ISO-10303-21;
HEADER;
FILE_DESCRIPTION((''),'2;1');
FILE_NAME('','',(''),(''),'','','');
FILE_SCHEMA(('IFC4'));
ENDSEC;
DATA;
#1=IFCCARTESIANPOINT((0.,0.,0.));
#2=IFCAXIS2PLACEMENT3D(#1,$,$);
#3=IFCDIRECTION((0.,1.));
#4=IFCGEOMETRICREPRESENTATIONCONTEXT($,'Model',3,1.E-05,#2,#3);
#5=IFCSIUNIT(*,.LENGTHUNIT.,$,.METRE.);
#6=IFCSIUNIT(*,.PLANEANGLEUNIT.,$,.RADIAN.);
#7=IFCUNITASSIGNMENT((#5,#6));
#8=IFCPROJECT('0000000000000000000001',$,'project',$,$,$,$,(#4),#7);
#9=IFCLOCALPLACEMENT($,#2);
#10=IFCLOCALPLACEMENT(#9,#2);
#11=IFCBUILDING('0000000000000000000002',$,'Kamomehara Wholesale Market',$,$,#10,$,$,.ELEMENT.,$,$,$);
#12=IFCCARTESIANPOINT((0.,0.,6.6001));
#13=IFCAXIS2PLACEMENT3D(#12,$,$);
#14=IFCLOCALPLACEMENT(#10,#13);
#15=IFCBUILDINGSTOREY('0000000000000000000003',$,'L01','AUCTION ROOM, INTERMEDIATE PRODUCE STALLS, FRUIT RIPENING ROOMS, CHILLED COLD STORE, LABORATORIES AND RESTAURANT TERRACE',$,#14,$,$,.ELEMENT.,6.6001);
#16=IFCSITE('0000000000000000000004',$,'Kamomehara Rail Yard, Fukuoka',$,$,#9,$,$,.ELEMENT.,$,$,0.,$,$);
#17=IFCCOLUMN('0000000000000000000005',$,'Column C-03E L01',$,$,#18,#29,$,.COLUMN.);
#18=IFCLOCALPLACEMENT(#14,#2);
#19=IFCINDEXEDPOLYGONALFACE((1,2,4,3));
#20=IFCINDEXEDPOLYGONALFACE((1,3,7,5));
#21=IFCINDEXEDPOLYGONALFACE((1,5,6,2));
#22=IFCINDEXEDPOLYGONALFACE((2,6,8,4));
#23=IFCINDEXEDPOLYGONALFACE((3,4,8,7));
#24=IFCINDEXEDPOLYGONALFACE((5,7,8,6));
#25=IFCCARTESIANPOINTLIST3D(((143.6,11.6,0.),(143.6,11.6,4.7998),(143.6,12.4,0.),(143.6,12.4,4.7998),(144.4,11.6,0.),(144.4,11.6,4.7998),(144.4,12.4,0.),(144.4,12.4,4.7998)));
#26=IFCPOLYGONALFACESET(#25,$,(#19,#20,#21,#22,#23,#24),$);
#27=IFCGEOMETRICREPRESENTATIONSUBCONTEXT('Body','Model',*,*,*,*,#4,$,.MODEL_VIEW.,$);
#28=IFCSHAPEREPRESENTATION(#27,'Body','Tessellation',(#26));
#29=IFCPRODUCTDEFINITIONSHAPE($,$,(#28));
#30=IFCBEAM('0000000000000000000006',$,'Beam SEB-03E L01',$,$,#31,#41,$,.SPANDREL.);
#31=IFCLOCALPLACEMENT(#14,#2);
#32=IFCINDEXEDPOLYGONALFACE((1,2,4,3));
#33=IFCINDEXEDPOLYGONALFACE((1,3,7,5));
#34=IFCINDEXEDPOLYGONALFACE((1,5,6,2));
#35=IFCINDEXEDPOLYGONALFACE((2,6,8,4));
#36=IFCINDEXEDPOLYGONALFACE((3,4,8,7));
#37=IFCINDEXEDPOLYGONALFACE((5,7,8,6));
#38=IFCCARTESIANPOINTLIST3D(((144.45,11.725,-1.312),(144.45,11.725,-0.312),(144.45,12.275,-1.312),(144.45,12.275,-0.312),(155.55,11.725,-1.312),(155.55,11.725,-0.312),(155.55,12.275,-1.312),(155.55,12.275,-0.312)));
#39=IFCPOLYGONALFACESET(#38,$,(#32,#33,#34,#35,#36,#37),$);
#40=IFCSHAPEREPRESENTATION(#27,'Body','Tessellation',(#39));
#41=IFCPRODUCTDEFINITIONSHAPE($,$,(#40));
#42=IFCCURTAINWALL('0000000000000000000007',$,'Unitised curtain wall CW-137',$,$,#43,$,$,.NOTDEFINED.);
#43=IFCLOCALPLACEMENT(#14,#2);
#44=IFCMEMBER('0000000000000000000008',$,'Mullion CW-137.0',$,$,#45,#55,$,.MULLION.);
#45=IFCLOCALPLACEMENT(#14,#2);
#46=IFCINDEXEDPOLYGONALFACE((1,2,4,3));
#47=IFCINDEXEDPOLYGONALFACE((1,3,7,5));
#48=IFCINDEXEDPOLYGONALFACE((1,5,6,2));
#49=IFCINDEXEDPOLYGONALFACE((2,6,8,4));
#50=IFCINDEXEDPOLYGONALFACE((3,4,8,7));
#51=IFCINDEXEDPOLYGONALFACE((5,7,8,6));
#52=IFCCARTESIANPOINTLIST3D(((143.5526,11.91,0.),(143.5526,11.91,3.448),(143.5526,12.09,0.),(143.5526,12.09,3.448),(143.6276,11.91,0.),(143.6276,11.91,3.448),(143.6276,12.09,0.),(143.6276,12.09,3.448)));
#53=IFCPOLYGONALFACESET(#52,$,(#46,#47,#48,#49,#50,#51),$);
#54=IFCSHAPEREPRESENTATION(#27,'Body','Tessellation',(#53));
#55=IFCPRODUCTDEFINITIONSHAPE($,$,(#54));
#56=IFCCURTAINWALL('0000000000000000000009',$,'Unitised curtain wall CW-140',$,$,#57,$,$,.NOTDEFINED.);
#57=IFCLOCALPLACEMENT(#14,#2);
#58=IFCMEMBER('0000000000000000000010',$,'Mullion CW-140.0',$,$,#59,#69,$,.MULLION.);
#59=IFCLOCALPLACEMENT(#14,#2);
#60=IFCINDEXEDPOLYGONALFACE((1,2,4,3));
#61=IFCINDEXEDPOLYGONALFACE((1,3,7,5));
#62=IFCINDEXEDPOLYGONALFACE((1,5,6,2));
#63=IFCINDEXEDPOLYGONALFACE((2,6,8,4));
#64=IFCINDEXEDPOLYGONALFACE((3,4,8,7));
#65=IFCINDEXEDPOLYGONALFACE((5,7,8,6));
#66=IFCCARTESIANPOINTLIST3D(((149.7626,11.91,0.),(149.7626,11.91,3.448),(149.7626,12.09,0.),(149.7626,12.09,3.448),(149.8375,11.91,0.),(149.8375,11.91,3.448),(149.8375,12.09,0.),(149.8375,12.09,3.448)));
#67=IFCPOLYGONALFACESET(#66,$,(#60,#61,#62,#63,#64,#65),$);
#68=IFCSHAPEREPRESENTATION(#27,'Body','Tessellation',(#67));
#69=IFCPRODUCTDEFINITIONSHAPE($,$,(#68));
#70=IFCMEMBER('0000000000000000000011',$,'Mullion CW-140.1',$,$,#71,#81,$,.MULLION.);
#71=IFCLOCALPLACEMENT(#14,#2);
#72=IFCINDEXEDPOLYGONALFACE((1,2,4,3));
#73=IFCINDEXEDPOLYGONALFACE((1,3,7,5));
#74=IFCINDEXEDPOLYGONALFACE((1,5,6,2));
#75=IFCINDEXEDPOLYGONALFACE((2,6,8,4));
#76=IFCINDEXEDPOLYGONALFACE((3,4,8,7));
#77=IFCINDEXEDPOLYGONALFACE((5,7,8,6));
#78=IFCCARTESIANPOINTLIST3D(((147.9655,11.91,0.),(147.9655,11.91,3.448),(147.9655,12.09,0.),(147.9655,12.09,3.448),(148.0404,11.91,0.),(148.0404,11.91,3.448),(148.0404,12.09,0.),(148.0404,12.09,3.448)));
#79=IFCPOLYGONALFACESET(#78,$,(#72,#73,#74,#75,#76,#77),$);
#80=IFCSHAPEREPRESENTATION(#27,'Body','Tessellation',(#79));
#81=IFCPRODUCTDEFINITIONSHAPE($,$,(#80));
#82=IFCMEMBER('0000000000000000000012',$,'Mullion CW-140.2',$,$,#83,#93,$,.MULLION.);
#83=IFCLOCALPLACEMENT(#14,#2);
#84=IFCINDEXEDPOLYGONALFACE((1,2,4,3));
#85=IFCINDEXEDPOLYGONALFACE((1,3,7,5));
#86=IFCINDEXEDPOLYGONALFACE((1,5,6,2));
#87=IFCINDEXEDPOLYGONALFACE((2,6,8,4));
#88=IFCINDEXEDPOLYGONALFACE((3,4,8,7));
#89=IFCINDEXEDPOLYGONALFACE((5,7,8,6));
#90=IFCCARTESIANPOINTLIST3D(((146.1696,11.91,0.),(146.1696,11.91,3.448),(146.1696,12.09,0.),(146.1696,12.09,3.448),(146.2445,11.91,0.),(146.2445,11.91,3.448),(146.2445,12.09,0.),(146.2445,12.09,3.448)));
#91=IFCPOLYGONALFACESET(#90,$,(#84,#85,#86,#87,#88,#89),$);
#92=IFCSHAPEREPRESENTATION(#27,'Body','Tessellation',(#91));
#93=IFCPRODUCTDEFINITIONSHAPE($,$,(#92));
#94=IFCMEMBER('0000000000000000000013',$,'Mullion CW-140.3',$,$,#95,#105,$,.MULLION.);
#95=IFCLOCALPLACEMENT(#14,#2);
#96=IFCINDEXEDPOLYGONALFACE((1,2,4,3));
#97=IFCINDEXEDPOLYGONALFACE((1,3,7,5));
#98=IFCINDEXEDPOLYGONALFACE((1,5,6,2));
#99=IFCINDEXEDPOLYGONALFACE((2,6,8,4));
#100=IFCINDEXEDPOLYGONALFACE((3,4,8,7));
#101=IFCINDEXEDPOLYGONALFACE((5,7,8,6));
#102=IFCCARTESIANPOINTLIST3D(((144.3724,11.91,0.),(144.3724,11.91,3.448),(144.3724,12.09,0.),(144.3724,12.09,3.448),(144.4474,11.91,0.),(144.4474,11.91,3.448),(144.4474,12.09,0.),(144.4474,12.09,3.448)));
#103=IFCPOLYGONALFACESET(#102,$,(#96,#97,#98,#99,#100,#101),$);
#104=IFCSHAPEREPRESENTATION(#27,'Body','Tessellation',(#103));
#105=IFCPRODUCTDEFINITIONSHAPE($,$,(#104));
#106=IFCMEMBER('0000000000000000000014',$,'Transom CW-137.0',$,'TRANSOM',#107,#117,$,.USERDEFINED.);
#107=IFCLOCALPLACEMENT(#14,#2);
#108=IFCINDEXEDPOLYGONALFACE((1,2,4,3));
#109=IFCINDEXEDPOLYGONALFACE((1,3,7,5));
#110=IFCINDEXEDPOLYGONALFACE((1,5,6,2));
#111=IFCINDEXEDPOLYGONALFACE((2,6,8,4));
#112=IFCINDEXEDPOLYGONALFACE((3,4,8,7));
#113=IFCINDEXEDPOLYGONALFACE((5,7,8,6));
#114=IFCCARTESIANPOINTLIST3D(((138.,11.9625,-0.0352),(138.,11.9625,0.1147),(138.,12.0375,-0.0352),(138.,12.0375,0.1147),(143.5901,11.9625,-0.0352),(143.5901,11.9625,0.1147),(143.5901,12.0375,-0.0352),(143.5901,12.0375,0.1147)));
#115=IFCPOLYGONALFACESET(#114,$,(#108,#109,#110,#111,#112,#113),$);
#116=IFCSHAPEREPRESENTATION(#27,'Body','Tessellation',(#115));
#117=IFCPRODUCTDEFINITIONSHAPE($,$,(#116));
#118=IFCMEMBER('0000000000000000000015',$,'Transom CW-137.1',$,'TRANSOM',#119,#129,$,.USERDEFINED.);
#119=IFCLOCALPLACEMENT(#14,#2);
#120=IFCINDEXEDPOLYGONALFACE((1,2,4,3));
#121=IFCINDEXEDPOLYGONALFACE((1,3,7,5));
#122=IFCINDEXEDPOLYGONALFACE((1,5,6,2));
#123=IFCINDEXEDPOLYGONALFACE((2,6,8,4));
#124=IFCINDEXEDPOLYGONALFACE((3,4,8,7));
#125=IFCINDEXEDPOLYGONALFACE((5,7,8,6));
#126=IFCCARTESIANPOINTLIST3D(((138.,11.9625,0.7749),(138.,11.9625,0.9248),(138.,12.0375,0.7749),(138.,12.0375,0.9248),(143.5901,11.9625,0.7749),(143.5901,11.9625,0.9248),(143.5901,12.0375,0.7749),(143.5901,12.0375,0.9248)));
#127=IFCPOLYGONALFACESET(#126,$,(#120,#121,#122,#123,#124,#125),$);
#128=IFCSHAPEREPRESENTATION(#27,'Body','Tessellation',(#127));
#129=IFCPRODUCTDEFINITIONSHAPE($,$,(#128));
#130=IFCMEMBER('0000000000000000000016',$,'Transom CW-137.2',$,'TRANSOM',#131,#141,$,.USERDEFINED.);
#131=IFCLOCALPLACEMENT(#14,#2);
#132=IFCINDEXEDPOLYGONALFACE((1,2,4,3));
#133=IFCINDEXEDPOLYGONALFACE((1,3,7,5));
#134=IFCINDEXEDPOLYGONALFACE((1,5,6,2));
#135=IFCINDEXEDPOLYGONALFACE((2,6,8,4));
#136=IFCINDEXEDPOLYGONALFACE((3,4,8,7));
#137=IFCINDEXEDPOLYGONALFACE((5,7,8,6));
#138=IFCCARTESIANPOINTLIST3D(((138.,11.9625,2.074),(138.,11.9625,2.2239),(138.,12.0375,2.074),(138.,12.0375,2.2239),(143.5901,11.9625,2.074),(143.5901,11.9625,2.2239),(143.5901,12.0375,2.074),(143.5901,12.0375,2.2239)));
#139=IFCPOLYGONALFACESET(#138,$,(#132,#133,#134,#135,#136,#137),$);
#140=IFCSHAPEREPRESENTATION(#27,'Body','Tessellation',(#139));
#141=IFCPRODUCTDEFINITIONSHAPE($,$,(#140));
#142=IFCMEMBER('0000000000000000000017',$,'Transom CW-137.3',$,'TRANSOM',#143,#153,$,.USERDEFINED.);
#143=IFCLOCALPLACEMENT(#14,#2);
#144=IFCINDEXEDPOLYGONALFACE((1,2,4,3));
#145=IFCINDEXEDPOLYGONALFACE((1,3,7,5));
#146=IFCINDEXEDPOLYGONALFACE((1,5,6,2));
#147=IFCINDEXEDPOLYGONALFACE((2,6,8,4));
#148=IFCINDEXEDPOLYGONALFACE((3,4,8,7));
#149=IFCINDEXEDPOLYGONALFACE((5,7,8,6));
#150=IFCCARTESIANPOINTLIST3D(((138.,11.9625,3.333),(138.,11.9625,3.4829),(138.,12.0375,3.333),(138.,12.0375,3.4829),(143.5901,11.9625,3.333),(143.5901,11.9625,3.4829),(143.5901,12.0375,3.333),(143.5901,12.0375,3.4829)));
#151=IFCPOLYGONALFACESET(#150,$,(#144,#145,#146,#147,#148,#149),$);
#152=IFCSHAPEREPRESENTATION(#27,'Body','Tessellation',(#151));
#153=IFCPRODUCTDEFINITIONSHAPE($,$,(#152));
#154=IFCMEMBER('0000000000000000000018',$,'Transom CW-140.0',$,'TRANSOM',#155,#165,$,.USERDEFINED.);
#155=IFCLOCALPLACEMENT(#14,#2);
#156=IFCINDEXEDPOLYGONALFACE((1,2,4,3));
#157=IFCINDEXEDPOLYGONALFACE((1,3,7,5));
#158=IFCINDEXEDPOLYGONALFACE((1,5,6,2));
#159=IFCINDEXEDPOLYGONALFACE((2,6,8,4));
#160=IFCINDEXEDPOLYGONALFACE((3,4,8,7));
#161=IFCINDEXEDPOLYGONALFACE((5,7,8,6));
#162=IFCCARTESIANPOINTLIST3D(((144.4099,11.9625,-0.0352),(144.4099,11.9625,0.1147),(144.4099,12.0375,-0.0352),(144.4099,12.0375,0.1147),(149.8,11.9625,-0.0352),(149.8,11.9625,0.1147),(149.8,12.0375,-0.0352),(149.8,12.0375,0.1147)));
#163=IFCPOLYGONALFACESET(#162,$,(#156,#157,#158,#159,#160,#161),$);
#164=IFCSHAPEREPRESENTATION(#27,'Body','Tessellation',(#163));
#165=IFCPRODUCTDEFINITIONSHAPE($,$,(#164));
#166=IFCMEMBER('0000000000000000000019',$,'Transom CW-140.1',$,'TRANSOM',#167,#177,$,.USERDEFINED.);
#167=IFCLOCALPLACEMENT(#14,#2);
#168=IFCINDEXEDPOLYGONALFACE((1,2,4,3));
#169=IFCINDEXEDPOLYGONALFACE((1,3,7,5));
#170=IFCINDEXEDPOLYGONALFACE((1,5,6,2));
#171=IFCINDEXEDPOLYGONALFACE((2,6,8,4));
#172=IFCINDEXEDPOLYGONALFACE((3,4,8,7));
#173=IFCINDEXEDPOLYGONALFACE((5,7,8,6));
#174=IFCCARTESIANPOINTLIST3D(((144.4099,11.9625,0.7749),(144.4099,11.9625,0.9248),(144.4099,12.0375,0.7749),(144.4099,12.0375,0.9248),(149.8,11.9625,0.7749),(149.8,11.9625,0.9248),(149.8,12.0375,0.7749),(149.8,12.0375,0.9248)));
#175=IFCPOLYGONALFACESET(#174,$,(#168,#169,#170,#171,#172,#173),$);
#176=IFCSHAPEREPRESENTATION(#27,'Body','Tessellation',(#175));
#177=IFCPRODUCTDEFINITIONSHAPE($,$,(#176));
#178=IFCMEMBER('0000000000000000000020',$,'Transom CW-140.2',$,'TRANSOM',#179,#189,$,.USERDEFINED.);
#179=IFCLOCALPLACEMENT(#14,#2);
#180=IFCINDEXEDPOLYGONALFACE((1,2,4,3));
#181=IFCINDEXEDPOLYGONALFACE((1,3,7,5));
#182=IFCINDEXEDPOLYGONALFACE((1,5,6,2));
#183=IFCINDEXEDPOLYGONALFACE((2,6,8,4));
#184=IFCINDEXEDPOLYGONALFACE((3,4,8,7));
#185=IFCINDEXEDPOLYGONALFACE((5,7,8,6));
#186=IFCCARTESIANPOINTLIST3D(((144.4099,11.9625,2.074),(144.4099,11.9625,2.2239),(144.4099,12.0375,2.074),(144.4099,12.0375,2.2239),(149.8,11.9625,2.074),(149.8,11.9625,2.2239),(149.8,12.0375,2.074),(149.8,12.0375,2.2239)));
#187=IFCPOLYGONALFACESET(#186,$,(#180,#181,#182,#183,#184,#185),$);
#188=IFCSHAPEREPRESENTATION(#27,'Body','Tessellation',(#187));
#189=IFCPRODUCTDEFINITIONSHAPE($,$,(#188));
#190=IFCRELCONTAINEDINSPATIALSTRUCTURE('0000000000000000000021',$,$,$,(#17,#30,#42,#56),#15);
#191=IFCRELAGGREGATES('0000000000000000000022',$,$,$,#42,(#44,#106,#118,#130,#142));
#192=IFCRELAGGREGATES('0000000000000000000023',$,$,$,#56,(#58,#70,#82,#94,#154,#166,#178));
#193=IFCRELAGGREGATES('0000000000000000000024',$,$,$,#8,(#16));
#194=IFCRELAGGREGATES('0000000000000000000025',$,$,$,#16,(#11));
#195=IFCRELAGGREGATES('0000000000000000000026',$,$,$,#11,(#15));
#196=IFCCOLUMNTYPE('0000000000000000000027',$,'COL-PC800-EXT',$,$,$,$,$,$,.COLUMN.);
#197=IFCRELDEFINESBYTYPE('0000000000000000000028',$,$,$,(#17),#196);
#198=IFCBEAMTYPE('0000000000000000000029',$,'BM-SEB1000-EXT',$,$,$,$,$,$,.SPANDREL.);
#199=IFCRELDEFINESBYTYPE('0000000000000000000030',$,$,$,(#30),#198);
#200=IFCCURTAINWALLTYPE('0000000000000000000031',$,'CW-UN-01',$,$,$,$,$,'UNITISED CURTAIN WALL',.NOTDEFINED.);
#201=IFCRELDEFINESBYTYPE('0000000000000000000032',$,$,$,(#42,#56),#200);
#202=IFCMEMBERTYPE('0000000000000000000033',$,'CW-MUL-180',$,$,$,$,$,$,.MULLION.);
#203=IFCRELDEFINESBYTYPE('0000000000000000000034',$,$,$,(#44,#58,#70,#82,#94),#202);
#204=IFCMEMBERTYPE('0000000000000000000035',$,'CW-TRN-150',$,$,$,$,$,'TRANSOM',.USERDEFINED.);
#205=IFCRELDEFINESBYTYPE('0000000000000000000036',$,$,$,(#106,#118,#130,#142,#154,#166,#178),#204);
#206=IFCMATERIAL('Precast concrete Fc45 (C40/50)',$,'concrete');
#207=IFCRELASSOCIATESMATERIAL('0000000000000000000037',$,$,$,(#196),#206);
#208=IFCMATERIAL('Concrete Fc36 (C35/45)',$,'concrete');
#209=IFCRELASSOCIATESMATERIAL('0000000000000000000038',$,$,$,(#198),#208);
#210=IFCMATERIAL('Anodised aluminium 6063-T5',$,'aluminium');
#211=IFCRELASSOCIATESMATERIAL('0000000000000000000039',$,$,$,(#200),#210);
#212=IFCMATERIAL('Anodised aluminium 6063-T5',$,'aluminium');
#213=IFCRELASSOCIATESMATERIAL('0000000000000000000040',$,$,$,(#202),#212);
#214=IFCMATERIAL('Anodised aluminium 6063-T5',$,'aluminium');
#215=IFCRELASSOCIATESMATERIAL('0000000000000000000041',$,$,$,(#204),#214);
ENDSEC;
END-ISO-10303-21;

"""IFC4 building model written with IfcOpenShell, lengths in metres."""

from ifc_helpers import new_model, si_unit, direction, frame, origin, origin_2d, place, context, subcontext, project, spatial, rectangle, extrude, material, material_profile, profile_set, type_object, element, aggregate, save


model = new_model("IFC4")

# Units and contexts
model_context = context("Model", 3, precision=1e-05, world=origin(), true_north=direction((0.0, 1.0)))
body_context = subcontext(model_context, "Body", "Model", "MODEL_VIEW")
ifc_project = project(units=[si_unit("LENGTHUNIT", "METRE"), si_unit("PLANEANGLEUNIT", "RADIAN")], contexts=[model_context])

# Site, building, storey
site_placement = place(None, origin())
site = spatial("IfcSite", under=ifc_project, at=site_placement, Name="Kamomehara Rail Yard, Fukuoka", CompositionType="ELEMENT", RefElevation=0.0)
building_placement = place(site_placement, origin())
building = spatial("IfcBuilding", under=site, at=building_placement, Name="Kamomehara Wholesale Market", CompositionType="ELEMENT")
storey_placement = place(building_placement, frame((0.0, 0.0, 6.6001)))
storey = spatial("IfcBuildingStorey", under=building, at=storey_placement, Name="L01", Description="AUCTION ROOM, INTERMEDIATE PRODUCE STALLS, FRUIT RIPENING ROOMS, CHILLED COLD STORE, LABORATORIES AND RESTAURANT TERRACE", CompositionType="ELEMENT", Elevation=6.6001)

# Column
ifc_material_1 = material(Name="Precast concrete Fc45 (C40/50)", Category="concrete")
ifc_material_profile_1 = material_profile(ifc_material_1, rectangle(XDim=0.8, YDim=0.8, at=origin_2d()), Name="PC-COL-800x800")
ifc_profile_set_1 = profile_set([ifc_material_profile_1], Name="Precast concrete Fc45 (C40/50)")
column_type = type_object("IfcColumnType", Name="COL-PC800-EXT", PredefinedType="COLUMN", material=ifc_profile_set_1)
column_placement = place(storey_placement, frame((144.0, 12.0, 0.0), z_axis=(0.0, 0.0, 1.0), x_axis=(1.0, 0.0, 0.0)))
element("IfcColumn", 1, at=column_placement, inside=storey, type_object=column_type, Name="Column C-03E L01", PredefinedType="COLUMN", context=body_context, shape_type="SweptSolid", body=[
    extrude(rectangle(XDim=0.8, YDim=0.8, at=origin_2d()), origin(), (0.0, 0.0, 1.0), 4.7998),
])

# Beam
ifc_material_2 = material(Name="Concrete Fc36 (C35/45)", Category="concrete")
ifc_material_profile_2 = material_profile(ifc_material_2, rectangle(XDim=0.55, YDim=1.0, at=origin_2d()), Name="RC-SEB-550x1000")
ifc_profile_set_2 = profile_set([ifc_material_profile_2], Name="Concrete Fc36 (C35/45)")
beam_type = type_object("IfcBeamType", Name="BM-SEB1000-EXT", PredefinedType="SPANDREL", material=ifc_profile_set_2)
beam_placement = place(storey_placement, frame((144.45, 12.0, -0.812), z_axis=(1.0, 0.0, 0.0), x_axis=(0.0, 1.0, 0.0)))
element("IfcBeam", 2, at=beam_placement, inside=storey, type_object=beam_type, Name="Beam SEB-03E L01", PredefinedType="SPANDREL", context=body_context, shape_type="SweptSolid", body=[
    extrude(rectangle(XDim=0.55, YDim=1.0, at=origin_2d()), origin(), (0.0, 0.0, 1.0), 11.1001),
])

# Curtain wall, member
ifc_material_3 = material(Name="Anodised aluminium 6063-T5", Category="aluminium")
curtain_wall_type = type_object("IfcCurtainWallType", Name="CW-UN-01", ElementType="UNITISED CURTAIN WALL", PredefinedType="NOTDEFINED", material=ifc_material_3)
curtain_wall_1_placement = place(storey_placement, origin())
curtain_wall_1 = element("IfcCurtainWall", 3, at=curtain_wall_1_placement, inside=storey, type_object=curtain_wall_type, Name="Unitised curtain wall CW-137", PredefinedType="NOTDEFINED")
ifc_material_4 = material(Name="Anodised aluminium 6063-T5", Category="aluminium")
ifc_material_profile_3 = material_profile(ifc_material_4, rectangle(XDim=0.075, YDim=0.1799, at=origin_2d()), Name="ALU-MUL-75x180")
ifc_profile_set_3 = profile_set([ifc_material_profile_3], Name="Anodised aluminium 6063-T5")
member_type_1 = type_object("IfcMemberType", Name="CW-MUL-180", PredefinedType="MULLION", material=ifc_profile_set_3)
member_1_placement = place(storey_placement, frame((143.5901, 12.0, 0.0), z_axis=(0.0, 0.0, 1.0), x_axis=(-1.0, 0.0, 0.0)))
member_1 = element("IfcMember", 4, at=member_1_placement, type_object=member_type_1, Name="Mullion CW-137.0", PredefinedType="MULLION", context=body_context, shape_type="SweptSolid", body=[
    extrude(rectangle(XDim=0.075, YDim=0.1799, at=origin_2d()), origin(), (0.0, 0.0, 1.0), 3.448),
])

# Curtain wall, members
curtain_wall_2_placement = place(storey_placement, origin())
curtain_wall_2 = element("IfcCurtainWall", 5, at=curtain_wall_2_placement, inside=storey, type_object=curtain_wall_type, Name="Unitised curtain wall CW-140", PredefinedType="NOTDEFINED")
member_2_placement = place(storey_placement, frame((149.8, 12.0, 0.0), z_axis=(0.0, 0.0, 1.0), x_axis=(-1.0, 0.0, 0.0)))
member_2 = element("IfcMember", 6, at=member_2_placement, type_object=member_type_1, Name="Mullion CW-140.0", PredefinedType="MULLION", context=body_context, shape_type="SweptSolid", body=[
    extrude(rectangle(XDim=0.075, YDim=0.1799, at=origin_2d()), origin(), (0.0, 0.0, 1.0), 3.448),
])
member_3_placement = place(storey_placement, frame((148.0029, 12.0, 0.0), z_axis=(0.0, 0.0, 1.0), x_axis=(-1.0, 0.0, 0.0)))
member_3 = element("IfcMember", 7, at=member_3_placement, type_object=member_type_1, Name="Mullion CW-140.1", PredefinedType="MULLION", context=body_context, shape_type="SweptSolid", body=[
    extrude(rectangle(XDim=0.075, YDim=0.1799, at=origin_2d()), origin(), (0.0, 0.0, 1.0), 3.448),
])
member_4_placement = place(storey_placement, frame((146.207, 12.0, 0.0), z_axis=(0.0, 0.0, 1.0), x_axis=(-1.0, 0.0, 0.0)))
member_4 = element("IfcMember", 8, at=member_4_placement, type_object=member_type_1, Name="Mullion CW-140.2", PredefinedType="MULLION", context=body_context, shape_type="SweptSolid", body=[
    extrude(rectangle(XDim=0.075, YDim=0.1799, at=origin_2d()), origin(), (0.0, 0.0, 1.0), 3.448),
])
member_5_placement = place(storey_placement, frame((144.4099, 12.0, 0.0), z_axis=(0.0, 0.0, 1.0), x_axis=(-1.0, 0.0, 0.0)))
member_5 = element("IfcMember", 9, at=member_5_placement, type_object=member_type_1, Name="Mullion CW-140.3", PredefinedType="MULLION", context=body_context, shape_type="SweptSolid", body=[
    extrude(rectangle(XDim=0.075, YDim=0.1799, at=origin_2d()), origin(), (0.0, 0.0, 1.0), 3.448),
])

# Members
ifc_material_5 = material(Name="Anodised aluminium 6063-T5", Category="aluminium")
ifc_material_profile_4 = material_profile(ifc_material_5, rectangle(XDim=0.075, YDim=0.1499, at=origin_2d()), Name="ALU-TRN-75x150")
ifc_profile_set_4 = profile_set([ifc_material_profile_4], Name="Anodised aluminium 6063-T5")
member_type_2 = type_object("IfcMemberType", Name="CW-TRN-150", ElementType="TRANSOM", PredefinedType="USERDEFINED", material=ifc_profile_set_4)
member_6_placement = place(storey_placement, frame((143.5901, 12.0, 0.0398), z_axis=(-1.0, 0.0, 0.0), x_axis=(0.0, -1.0, 0.0)))
member_6 = element("IfcMember", 10, at=member_6_placement, type_object=member_type_2, Name="Transom CW-137.0", ObjectType="TRANSOM", PredefinedType="USERDEFINED", context=body_context, shape_type="SweptSolid", body=[
    extrude(rectangle(XDim=0.075, YDim=0.1499, at=origin_2d()), origin(), (0.0, 0.0, 1.0), 5.5901),
])
member_7_placement = place(storey_placement, frame((143.5901, 12.0, 0.8499), z_axis=(-1.0, 0.0, 0.0), x_axis=(0.0, -1.0, 0.0)))
member_7 = element("IfcMember", 11, at=member_7_placement, type_object=member_type_2, Name="Transom CW-137.1", ObjectType="TRANSOM", PredefinedType="USERDEFINED", context=body_context, shape_type="SweptSolid", body=[
    extrude(rectangle(XDim=0.075, YDim=0.1499, at=origin_2d()), origin(), (0.0, 0.0, 1.0), 5.5901),
])
member_8_placement = place(storey_placement, frame((143.5901, 12.0, 2.1489), z_axis=(-1.0, 0.0, 0.0), x_axis=(0.0, -1.0, 0.0)))
member_8 = element("IfcMember", 12, at=member_8_placement, type_object=member_type_2, Name="Transom CW-137.2", ObjectType="TRANSOM", PredefinedType="USERDEFINED", context=body_context, shape_type="SweptSolid", body=[
    extrude(rectangle(XDim=0.075, YDim=0.1499, at=origin_2d()), origin(), (0.0, 0.0, 1.0), 5.5901),
])
member_9_placement = place(storey_placement, frame((143.5901, 12.0, 3.408), z_axis=(-1.0, 0.0, 0.0), x_axis=(0.0, -1.0, 0.0)))
member_9 = element("IfcMember", 13, at=member_9_placement, type_object=member_type_2, Name="Transom CW-137.3", ObjectType="TRANSOM", PredefinedType="USERDEFINED", context=body_context, shape_type="SweptSolid", body=[
    extrude(rectangle(XDim=0.075, YDim=0.1499, at=origin_2d()), origin(), (0.0, 0.0, 1.0), 5.5901),
])
member_10_placement = place(storey_placement, frame((149.8, 12.0, 0.0398), z_axis=(-1.0, 0.0, 0.0), x_axis=(0.0, -1.0, 0.0)))
member_10 = element("IfcMember", 14, at=member_10_placement, type_object=member_type_2, Name="Transom CW-140.0", ObjectType="TRANSOM", PredefinedType="USERDEFINED", context=body_context, shape_type="SweptSolid", body=[
    extrude(rectangle(XDim=0.075, YDim=0.1499, at=origin_2d()), origin(), (0.0, 0.0, 1.0), 5.3901),
])
member_11_placement = place(storey_placement, frame((149.8, 12.0, 0.8499), z_axis=(-1.0, 0.0, 0.0), x_axis=(0.0, -1.0, 0.0)))
member_11 = element("IfcMember", 15, at=member_11_placement, type_object=member_type_2, Name="Transom CW-140.1", ObjectType="TRANSOM", PredefinedType="USERDEFINED", context=body_context, shape_type="SweptSolid", body=[
    extrude(rectangle(XDim=0.075, YDim=0.1499, at=origin_2d()), origin(), (0.0, 0.0, 1.0), 5.3901),
])
member_12_placement = place(storey_placement, frame((149.8, 12.0, 2.1489), z_axis=(-1.0, 0.0, 0.0), x_axis=(0.0, -1.0, 0.0)))
member_12 = element("IfcMember", 16, at=member_12_placement, type_object=member_type_2, Name="Transom CW-140.2", ObjectType="TRANSOM", PredefinedType="USERDEFINED", context=body_context, shape_type="SweptSolid", body=[
    extrude(rectangle(XDim=0.075, YDim=0.1499, at=origin_2d()), origin(), (0.0, 0.0, 1.0), 5.3901),
])

aggregate(curtain_wall_1, [member_1, member_6, member_7, member_8, member_9])
aggregate(curtain_wall_2, [member_2, member_3, member_4, member_5, member_10, member_11, member_12])

save(model, "model.ifc")
